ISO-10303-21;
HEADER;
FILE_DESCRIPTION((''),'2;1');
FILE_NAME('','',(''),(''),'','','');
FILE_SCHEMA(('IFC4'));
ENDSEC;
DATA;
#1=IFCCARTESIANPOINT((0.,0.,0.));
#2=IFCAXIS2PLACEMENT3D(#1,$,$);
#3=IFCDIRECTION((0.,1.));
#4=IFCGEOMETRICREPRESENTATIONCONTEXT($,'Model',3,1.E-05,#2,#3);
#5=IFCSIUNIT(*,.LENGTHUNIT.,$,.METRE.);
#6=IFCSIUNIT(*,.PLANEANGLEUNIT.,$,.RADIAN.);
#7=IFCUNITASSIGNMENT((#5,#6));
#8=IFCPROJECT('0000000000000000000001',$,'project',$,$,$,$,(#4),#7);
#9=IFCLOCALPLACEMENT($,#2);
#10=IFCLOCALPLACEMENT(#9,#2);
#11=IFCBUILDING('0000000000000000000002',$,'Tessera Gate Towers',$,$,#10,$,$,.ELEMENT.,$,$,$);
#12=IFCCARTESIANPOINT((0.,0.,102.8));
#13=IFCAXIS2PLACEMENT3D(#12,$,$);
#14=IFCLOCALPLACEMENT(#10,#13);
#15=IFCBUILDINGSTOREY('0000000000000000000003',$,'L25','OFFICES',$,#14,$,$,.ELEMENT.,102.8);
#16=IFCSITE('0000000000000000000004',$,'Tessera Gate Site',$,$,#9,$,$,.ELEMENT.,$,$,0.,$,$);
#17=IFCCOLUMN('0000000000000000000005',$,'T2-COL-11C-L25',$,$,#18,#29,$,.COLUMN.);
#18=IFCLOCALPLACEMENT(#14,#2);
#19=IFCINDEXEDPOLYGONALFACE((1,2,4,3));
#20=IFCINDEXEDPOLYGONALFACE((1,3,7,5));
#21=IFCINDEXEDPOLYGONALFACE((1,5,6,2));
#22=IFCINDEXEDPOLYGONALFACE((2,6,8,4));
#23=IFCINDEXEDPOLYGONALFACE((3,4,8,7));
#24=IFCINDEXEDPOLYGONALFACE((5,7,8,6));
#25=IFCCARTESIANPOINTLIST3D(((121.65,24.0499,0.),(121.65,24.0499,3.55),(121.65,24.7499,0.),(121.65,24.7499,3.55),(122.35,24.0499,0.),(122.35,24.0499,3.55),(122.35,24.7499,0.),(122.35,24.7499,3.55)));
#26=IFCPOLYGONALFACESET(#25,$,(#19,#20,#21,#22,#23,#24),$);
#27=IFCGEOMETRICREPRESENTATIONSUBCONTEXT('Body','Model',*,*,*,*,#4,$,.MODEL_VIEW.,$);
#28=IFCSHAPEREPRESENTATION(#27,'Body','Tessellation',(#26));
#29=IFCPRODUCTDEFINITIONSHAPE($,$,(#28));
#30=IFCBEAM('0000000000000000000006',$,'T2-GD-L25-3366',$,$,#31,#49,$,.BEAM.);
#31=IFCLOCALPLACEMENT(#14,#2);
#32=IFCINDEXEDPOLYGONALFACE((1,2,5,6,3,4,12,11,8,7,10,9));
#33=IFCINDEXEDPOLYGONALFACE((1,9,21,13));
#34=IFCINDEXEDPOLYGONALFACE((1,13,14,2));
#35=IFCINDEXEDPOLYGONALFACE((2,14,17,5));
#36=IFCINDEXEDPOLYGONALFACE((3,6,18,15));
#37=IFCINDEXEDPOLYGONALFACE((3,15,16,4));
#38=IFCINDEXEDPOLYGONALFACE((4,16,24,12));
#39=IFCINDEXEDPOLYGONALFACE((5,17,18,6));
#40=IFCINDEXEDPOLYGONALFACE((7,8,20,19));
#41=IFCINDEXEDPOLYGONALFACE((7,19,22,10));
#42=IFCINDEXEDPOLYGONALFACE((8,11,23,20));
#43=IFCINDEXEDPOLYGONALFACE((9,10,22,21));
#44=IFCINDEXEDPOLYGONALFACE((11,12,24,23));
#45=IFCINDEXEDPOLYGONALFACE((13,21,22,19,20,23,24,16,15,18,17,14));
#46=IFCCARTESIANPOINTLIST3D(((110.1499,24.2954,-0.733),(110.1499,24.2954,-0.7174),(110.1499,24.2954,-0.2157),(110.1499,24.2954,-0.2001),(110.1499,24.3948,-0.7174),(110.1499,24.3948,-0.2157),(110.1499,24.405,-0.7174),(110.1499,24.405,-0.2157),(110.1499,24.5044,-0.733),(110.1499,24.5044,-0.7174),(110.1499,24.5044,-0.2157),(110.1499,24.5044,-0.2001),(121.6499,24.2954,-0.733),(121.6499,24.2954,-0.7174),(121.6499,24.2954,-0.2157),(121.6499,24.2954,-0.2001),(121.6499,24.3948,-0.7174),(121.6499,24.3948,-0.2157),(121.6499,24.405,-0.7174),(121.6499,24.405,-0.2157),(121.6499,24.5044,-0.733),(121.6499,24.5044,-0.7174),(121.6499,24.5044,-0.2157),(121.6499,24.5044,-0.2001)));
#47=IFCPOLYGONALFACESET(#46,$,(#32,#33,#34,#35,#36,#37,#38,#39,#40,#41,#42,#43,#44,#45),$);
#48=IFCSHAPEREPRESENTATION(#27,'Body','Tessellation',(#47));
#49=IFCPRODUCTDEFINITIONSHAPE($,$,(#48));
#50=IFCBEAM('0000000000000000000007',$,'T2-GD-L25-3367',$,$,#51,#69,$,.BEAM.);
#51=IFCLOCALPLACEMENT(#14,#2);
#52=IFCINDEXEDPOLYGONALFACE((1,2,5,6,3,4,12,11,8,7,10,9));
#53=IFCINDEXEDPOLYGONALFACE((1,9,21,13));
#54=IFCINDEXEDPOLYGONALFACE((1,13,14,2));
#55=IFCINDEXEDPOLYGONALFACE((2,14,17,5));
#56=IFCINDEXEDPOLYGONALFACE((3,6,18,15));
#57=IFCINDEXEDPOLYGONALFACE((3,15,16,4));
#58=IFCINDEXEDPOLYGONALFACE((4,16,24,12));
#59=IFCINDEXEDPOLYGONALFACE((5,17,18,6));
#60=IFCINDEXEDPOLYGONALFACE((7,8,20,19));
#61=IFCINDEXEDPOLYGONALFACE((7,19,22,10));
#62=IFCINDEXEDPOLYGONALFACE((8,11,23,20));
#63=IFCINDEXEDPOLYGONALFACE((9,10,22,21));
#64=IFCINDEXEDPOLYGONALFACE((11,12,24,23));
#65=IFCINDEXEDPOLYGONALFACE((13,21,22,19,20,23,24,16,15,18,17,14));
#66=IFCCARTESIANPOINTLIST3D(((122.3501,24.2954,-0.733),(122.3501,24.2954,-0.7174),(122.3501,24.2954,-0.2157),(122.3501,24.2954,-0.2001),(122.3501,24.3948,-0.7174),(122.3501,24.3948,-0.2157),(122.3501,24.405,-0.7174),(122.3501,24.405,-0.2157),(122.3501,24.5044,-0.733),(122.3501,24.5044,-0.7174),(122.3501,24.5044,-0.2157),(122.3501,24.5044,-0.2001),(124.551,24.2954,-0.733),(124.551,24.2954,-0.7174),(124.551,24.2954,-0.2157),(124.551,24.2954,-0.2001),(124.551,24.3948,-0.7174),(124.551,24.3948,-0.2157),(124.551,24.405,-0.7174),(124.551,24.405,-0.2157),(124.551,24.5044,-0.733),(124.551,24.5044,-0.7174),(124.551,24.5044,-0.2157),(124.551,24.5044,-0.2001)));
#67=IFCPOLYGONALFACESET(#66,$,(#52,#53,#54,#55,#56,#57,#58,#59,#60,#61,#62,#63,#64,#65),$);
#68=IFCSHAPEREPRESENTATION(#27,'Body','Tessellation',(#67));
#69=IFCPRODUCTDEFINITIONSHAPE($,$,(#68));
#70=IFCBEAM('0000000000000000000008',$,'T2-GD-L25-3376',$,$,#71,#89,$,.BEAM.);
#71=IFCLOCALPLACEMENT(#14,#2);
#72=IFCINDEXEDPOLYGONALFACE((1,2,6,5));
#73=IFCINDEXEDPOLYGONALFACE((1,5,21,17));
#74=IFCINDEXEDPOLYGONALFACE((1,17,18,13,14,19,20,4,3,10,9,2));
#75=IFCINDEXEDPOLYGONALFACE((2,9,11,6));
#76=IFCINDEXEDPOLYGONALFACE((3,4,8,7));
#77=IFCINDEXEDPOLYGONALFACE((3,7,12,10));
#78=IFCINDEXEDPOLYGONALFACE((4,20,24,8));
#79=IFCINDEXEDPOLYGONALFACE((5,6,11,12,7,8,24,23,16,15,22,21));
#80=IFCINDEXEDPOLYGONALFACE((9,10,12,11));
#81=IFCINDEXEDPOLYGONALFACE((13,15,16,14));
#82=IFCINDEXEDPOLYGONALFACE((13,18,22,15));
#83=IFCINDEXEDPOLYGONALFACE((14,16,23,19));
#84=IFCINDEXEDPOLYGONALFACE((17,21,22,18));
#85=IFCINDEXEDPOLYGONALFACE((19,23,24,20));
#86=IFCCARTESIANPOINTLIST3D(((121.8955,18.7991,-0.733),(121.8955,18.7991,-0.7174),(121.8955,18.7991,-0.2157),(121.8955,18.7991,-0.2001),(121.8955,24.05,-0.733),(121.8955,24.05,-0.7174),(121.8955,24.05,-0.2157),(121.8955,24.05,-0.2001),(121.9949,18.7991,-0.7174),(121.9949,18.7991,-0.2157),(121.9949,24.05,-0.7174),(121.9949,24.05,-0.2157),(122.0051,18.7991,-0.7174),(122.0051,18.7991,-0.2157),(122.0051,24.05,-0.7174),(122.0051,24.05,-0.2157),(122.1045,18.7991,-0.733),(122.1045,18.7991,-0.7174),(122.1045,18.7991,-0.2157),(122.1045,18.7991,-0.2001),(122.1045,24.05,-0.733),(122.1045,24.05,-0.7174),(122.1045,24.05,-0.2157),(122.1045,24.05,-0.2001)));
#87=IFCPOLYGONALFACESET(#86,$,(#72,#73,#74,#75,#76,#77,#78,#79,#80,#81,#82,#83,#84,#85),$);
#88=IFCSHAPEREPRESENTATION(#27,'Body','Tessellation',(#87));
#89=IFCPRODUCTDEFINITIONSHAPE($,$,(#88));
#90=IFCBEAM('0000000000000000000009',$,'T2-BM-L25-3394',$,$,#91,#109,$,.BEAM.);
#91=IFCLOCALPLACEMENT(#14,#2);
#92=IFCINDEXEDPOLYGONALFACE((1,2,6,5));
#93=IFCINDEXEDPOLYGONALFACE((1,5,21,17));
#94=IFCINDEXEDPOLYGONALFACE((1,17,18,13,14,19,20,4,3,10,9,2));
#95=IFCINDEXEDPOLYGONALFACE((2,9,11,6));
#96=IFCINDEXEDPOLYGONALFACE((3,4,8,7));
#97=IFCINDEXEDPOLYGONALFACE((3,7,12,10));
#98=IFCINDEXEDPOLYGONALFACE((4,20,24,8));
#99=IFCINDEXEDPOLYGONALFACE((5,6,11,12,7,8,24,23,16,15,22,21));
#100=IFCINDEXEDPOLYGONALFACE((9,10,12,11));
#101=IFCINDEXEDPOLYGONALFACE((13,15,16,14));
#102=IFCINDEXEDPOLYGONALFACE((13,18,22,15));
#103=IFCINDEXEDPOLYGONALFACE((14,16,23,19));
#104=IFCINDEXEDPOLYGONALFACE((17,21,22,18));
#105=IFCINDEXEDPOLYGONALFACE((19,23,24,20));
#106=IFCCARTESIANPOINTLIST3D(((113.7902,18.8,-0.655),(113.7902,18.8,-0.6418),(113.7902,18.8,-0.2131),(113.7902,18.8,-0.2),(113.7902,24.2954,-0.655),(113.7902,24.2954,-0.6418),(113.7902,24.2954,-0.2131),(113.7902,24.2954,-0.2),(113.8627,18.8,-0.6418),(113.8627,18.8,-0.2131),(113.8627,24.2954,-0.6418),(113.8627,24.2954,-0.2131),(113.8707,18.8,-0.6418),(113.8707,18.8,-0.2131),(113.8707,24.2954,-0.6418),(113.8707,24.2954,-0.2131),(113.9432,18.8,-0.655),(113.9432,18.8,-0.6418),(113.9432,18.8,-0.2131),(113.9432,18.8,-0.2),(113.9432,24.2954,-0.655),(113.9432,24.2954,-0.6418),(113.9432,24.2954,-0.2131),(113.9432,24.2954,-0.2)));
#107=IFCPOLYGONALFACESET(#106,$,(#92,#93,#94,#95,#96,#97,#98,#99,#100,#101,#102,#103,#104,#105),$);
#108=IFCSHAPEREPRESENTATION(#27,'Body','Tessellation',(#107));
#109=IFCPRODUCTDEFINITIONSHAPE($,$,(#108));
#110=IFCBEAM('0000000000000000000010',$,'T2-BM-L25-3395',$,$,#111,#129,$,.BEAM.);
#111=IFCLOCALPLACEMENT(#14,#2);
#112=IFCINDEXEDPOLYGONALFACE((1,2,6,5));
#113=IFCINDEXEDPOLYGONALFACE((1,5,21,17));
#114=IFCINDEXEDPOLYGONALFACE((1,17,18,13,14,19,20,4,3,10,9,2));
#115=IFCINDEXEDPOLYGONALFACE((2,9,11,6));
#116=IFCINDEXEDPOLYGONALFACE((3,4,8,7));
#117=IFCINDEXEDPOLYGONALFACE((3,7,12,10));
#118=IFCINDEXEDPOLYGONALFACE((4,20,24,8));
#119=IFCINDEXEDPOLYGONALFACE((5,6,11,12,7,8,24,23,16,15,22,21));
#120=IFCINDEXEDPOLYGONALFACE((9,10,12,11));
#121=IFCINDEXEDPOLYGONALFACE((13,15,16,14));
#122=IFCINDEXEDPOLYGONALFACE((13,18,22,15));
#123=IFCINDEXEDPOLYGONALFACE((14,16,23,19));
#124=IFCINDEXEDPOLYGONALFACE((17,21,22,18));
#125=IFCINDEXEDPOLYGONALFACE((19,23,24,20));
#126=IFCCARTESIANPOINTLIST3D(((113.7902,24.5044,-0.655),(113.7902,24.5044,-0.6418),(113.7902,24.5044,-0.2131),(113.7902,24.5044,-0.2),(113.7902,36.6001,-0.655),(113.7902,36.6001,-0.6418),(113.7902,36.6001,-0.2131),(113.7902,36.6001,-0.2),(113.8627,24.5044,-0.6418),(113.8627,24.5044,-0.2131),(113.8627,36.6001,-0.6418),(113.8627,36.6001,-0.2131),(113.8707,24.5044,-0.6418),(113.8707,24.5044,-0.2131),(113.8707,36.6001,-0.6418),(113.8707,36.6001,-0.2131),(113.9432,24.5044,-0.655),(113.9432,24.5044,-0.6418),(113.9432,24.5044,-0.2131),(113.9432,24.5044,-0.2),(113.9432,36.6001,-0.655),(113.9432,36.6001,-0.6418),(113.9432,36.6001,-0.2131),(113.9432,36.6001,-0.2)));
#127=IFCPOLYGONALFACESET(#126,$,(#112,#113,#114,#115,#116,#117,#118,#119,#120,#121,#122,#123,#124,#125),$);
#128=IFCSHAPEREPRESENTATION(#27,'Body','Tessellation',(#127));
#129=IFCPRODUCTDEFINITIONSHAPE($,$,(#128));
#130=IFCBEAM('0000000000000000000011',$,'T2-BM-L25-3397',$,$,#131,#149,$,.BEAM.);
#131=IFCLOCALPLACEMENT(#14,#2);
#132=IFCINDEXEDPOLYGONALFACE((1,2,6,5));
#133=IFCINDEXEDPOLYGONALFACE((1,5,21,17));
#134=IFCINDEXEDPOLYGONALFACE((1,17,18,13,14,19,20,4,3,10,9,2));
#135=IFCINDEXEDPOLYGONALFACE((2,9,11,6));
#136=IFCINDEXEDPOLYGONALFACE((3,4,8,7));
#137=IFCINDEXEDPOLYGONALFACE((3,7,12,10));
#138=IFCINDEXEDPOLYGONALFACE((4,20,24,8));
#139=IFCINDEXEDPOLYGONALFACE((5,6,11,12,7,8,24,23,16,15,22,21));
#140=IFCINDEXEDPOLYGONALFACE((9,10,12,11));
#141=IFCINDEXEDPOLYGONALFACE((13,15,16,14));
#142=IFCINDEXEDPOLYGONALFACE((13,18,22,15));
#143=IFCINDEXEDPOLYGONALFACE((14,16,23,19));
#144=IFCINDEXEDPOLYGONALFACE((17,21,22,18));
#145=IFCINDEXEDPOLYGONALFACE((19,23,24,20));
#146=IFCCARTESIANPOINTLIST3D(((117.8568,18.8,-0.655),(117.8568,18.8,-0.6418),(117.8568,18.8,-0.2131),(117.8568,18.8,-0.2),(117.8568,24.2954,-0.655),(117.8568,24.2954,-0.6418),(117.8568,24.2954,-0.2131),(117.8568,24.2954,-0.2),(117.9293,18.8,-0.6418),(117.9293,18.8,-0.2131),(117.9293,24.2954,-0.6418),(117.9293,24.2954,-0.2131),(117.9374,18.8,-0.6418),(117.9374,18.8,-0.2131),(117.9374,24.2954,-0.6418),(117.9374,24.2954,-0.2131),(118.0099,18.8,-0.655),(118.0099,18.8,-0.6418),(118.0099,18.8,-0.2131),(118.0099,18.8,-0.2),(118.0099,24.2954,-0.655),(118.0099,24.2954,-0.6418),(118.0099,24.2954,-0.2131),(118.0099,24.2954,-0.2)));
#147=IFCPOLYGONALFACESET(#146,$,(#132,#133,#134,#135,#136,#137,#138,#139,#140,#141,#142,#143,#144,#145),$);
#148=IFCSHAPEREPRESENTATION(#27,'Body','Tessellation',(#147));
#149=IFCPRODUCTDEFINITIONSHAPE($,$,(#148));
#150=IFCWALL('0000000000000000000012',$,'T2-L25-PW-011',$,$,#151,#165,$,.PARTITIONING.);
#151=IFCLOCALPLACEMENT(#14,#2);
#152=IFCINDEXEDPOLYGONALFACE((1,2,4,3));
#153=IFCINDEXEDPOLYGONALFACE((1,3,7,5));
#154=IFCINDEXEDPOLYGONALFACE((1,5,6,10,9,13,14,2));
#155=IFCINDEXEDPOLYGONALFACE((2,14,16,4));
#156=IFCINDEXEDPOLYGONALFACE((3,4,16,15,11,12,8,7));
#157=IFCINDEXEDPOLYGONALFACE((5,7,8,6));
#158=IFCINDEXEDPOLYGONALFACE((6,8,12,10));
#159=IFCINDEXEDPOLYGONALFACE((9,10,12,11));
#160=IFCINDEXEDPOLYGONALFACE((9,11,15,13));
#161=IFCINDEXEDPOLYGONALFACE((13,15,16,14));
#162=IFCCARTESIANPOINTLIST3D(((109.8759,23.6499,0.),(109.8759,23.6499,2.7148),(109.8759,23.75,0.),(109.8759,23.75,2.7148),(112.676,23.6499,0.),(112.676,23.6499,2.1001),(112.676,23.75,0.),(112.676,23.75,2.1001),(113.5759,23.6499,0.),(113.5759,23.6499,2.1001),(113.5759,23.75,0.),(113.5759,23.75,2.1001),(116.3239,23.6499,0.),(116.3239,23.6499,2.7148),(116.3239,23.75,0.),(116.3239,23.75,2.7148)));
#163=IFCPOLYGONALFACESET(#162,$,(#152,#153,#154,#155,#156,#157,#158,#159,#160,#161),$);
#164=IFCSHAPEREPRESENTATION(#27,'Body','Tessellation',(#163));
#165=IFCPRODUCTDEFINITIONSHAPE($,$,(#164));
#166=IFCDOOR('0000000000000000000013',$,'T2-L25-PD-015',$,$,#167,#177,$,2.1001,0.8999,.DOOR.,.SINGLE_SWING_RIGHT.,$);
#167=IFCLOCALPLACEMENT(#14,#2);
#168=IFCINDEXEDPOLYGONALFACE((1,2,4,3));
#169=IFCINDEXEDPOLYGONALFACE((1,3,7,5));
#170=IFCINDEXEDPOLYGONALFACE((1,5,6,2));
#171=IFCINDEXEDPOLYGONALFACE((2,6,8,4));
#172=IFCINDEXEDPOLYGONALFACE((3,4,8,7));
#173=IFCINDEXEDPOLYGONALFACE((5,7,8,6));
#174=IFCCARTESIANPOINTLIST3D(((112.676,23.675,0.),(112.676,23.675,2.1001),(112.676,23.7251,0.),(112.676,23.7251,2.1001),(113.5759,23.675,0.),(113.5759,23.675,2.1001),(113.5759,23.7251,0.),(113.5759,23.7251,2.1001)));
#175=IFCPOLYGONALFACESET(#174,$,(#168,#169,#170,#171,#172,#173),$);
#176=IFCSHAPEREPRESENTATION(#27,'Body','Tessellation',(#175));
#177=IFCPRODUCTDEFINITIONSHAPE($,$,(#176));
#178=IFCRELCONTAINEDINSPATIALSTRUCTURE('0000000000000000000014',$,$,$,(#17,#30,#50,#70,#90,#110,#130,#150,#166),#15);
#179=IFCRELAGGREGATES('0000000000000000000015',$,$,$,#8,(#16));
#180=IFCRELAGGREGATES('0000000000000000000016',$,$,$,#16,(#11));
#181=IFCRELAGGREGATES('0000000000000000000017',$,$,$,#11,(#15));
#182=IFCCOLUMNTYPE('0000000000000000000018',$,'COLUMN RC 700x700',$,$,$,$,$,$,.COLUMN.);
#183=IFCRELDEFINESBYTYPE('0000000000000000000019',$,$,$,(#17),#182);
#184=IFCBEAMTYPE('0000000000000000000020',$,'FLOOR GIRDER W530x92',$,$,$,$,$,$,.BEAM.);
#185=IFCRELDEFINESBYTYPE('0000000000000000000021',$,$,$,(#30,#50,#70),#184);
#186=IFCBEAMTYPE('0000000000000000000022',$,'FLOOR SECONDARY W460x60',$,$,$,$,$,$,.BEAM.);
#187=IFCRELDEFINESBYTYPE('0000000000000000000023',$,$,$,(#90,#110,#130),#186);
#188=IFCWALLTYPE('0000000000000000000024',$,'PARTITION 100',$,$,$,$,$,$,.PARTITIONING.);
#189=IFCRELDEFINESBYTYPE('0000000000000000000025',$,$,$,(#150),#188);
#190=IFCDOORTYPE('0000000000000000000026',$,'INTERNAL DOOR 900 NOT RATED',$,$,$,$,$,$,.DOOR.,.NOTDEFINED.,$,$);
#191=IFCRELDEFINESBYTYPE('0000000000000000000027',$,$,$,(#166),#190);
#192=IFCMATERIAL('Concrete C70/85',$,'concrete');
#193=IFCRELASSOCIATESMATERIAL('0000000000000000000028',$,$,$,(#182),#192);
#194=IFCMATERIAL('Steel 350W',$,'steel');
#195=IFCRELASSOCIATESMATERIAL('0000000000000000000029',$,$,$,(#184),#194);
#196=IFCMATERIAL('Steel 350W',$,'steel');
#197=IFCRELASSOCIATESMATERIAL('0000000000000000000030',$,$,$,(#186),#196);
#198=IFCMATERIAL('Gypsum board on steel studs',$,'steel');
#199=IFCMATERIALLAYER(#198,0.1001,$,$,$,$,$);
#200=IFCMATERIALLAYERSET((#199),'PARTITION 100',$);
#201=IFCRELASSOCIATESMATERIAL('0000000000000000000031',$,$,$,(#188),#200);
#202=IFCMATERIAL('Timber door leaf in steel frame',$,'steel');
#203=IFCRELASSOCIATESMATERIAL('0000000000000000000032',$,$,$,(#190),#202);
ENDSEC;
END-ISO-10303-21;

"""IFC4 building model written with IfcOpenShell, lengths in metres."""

from ifc_helpers import new_model, si_unit, direction, frame, frame_2d, origin, origin_2d, place, context, subcontext, project, spatial, rectangle, i_section, extrude, source, transform, mapped, material, layer, layer_set, material_profile, profile_set, type_object, element, fill, save


model = new_model("IFC4")

# Units and contexts
model_context = context("Model", 3, precision=1e-05, world=origin(), true_north=direction((0.0, 1.0)))
body_context = subcontext(model_context, "Body", "Model", "MODEL_VIEW")
ifc_project = project(units=[si_unit("LENGTHUNIT", "METRE"), si_unit("PLANEANGLEUNIT", "RADIAN")], contexts=[model_context])

# Site, building, storey
site_placement = place(None, origin())
site = spatial("IfcSite", under=ifc_project, at=site_placement, Name="Tessera Gate Site", CompositionType="ELEMENT", RefElevation=0.0)
building_placement = place(site_placement, origin())
building = spatial("IfcBuilding", under=site, at=building_placement, Name="Tessera Gate Towers", CompositionType="ELEMENT")
storey_placement = place(building_placement, frame((0.0, 0.0, 102.8)))
storey = spatial("IfcBuildingStorey", under=building, at=storey_placement, Name="L25", Description="OFFICES", CompositionType="ELEMENT", Elevation=102.8)

# Column
ifc_material_1 = material(Name="Concrete C70/85", Category="concrete")
ifc_material_profile_1 = material_profile(ifc_material_1, rectangle(XDim=0.7, YDim=0.7, at=origin_2d()), Name="RC 700x700")
ifc_profile_set_1 = profile_set([ifc_material_profile_1], Name="Concrete C70/85")
column_type = type_object("IfcColumnType", Name="COLUMN RC 700x700", PredefinedType="COLUMN", material=ifc_profile_set_1)
column_placement = place(storey_placement, frame((122.0, 24.3999, 0.0), z_axis=(0.0, 0.0, 1.0), x_axis=(1.0, 0.0, 0.0)))
element("IfcColumn", 1, at=column_placement, inside=storey, type_object=column_type, Name="T2-COL-11C-L25", PredefinedType="COLUMN", context=body_context, shape_type="SweptSolid", body=[
    extrude(rectangle(XDim=0.7, YDim=0.7, at=origin_2d()), origin(), (0.0, 0.0, 1.0), 3.55),
])

# Beams
ifc_material_2 = material(Name="Steel 350W", Category="steel")
ifc_material_profile_2 = material_profile(ifc_material_2, i_section(OverallWidth=0.209, OverallDepth=0.533, WebThickness=0.0103, FlangeThickness=0.0156, at=origin_2d()), Name="W530x92")
ifc_profile_set_2 = profile_set([ifc_material_profile_2], Name="Steel 350W")
beam_type_1 = type_object("IfcBeamType", Name="FLOOR GIRDER W530x92", PredefinedType="BEAM", material=ifc_profile_set_2)
beam_1_placement = place(storey_placement, frame((110.1499, 24.3999, -0.4666), z_axis=(1.0, 0.0, 0.0), x_axis=(0.0, 1.0, 0.0)))
element("IfcBeam", 2, at=beam_1_placement, inside=storey, type_object=beam_type_1, Name="T2-GD-L25-3366", PredefinedType="BEAM", context=body_context, shape_type="SweptSolid", body=[
    extrude(i_section(OverallWidth=0.209, OverallDepth=0.533, WebThickness=0.0103, FlangeThickness=0.0156, at=origin_2d()), origin(), (0.0, 0.0, 1.0), 11.5),
])
beam_2_placement = place(storey_placement, frame((122.3501, 24.3999, -0.4666), z_axis=(1.0, 0.0, 0.0), x_axis=(0.0, 1.0, 0.0)))
element("IfcBeam", 3, at=beam_2_placement, inside=storey, type_object=beam_type_1, Name="T2-GD-L25-3367", PredefinedType="BEAM", context=body_context, shape_type="SweptSolid", body=[
    extrude(i_section(OverallWidth=0.209, OverallDepth=0.533, WebThickness=0.0103, FlangeThickness=0.0156, at=origin_2d()), origin(), (0.0, 0.0, 1.0), 2.2009),
])
beam_3_placement = place(storey_placement, frame((122.0, 18.7991, -0.4666), z_axis=(0.0, 1.0, 0.0), x_axis=(-1.0, 0.0, 0.0)))
element("IfcBeam", 4, at=beam_3_placement, inside=storey, type_object=beam_type_1, Name="T2-GD-L25-3376", PredefinedType="BEAM", context=body_context, shape_type="SweptSolid", body=[
    extrude(i_section(OverallWidth=0.209, OverallDepth=0.533, WebThickness=0.0103, FlangeThickness=0.0156, at=origin_2d()), origin(), (0.0, 0.0, 1.0), 5.251),
])
ifc_material_3 = material(Name="Steel 350W", Category="steel")
ifc_material_profile_3 = material_profile(ifc_material_3, i_section(OverallWidth=0.1531, OverallDepth=0.4551, WebThickness=0.0081, FlangeThickness=0.0132, at=origin_2d()), Name="W460x60")
ifc_profile_set_3 = profile_set([ifc_material_profile_3], Name="Steel 350W")
beam_type_2 = type_object("IfcBeamType", Name="FLOOR SECONDARY W460x60", PredefinedType="BEAM", material=ifc_profile_set_3)
beam_4_placement = place(storey_placement, frame((113.8667, 18.8, -0.4275), z_axis=(0.0, 1.0, 0.0), x_axis=(-1.0, 0.0, 0.0)))
element("IfcBeam", 5, at=beam_4_placement, inside=storey, type_object=beam_type_2, Name="T2-BM-L25-3394", PredefinedType="BEAM", context=body_context, shape_type="SweptSolid", body=[
    extrude(i_section(OverallWidth=0.1531, OverallDepth=0.4551, WebThickness=0.0081, FlangeThickness=0.0132, at=origin_2d()), origin(), (0.0, 0.0, 1.0), 5.4954),
])
beam_5_placement = place(storey_placement, frame((113.8667, 24.5044, -0.4275), z_axis=(0.0, 1.0, 0.0), x_axis=(-1.0, 0.0, 0.0)))
element("IfcBeam", 6, at=beam_5_placement, inside=storey, type_object=beam_type_2, Name="T2-BM-L25-3395", PredefinedType="BEAM", context=body_context, shape_type="SweptSolid", body=[
    extrude(i_section(OverallWidth=0.1531, OverallDepth=0.4551, WebThickness=0.0081, FlangeThickness=0.0132, at=origin_2d()), origin(), (0.0, 0.0, 1.0), 12.0957),
])
beam_6_placement = place(storey_placement, frame((117.9333, 18.8, -0.4275), z_axis=(0.0, 1.0, 0.0), x_axis=(-1.0, 0.0, 0.0)))
element("IfcBeam", 7, at=beam_6_placement, inside=storey, type_object=beam_type_2, Name="T2-BM-L25-3397", PredefinedType="BEAM", context=body_context, shape_type="SweptSolid", body=[
    extrude(i_section(OverallWidth=0.1531, OverallDepth=0.4551, WebThickness=0.0081, FlangeThickness=0.0132, at=origin_2d()), origin(), (0.0, 0.0, 1.0), 5.4954),
])

# Wall, opening, door
ifc_material_4 = material(Name="Gypsum board on steel studs", Category="steel")
ifc_layer_1 = layer(ifc_material_4, 0.1001)
ifc_layer_set_1 = layer_set([ifc_layer_1], Name="PARTITION 100")
wall_type_1 = type_object("IfcWallType", Name="PARTITION 100", PredefinedType="PARTITIONING", material=ifc_layer_set_1)
wall_1_placement = place(storey_placement, frame((116.324, 23.7, 0.0), z_axis=(0.0, 0.0, 1.0), x_axis=(-1.0, 0.0, 0.0)))
wall_1 = element("IfcWall", 8, at=wall_1_placement, inside=storey, type_object=wall_type_1, Name="T2-L25-PW-011", PredefinedType="PARTITIONING", context=body_context, shape_type="SweptSolid", body=[
    extrude(rectangle(XDim=6.448, YDim=0.1001, at=frame_2d((3.2241, 0.0))), origin(), (0.0, 0.0, 1.0), 2.7148),
])
shared_shape_1 = source(origin(), body_context, "Body", "SweptSolid", [
    extrude(rectangle(XDim=0.8999, YDim=2.1001, at=frame_2d((0.45, 1.05))), frame((0.0, 0.0601, 0.0), z_axis=(0.0, -1.0, 0.0), x_axis=(1.0, 0.0, 0.0)), (0.0, 0.0, 1.0), 0.1201),
])
opening_1_placement = place(wall_1_placement, frame((2.748, 0.0, 0.0)))
opening_1 = element("IfcOpeningElement", 9, at=opening_1_placement, cuts=wall_1, PredefinedType="OPENING", context=body_context, shape_type="MappedRepresentation", body=[
    mapped(shared_shape_1, transform((0.0, 0.0, 0.0), scale=1.0)),
])
ifc_material_5 = material(Name="Timber door leaf in steel frame", Category="steel")
door_type = type_object("IfcDoorType", Name="INTERNAL DOOR 900 NOT RATED", OperationType="NOTDEFINED", PredefinedType="DOOR", material=ifc_material_5)
shared_shape_2 = source(origin(), body_context, "Body", "SweptSolid", [
    extrude(rectangle(XDim=0.8999, YDim=2.1001, at=frame_2d((0.45, 1.05))), frame((0.0, 0.0249, 0.0), z_axis=(0.0, -1.0, 0.0), x_axis=(1.0, 0.0, 0.0)), (0.0, 0.0, 1.0), 0.05),
])
door_1_placement = place(opening_1_placement, origin())
door_1 = element("IfcDoor", 10, at=door_1_placement, inside=storey, type_object=door_type, Name="T2-L25-PD-015", OperationType="SINGLE_SWING_RIGHT", OverallHeight=2.1001, OverallWidth=0.8999, PredefinedType="DOOR", context=body_context, shape_type="MappedRepresentation", body=[
    mapped(shared_shape_2, transform((0.0, 0.0, 0.0), scale=1.0)),
])
fill(opening_1, door_1)

save(model, "model.ifc")
